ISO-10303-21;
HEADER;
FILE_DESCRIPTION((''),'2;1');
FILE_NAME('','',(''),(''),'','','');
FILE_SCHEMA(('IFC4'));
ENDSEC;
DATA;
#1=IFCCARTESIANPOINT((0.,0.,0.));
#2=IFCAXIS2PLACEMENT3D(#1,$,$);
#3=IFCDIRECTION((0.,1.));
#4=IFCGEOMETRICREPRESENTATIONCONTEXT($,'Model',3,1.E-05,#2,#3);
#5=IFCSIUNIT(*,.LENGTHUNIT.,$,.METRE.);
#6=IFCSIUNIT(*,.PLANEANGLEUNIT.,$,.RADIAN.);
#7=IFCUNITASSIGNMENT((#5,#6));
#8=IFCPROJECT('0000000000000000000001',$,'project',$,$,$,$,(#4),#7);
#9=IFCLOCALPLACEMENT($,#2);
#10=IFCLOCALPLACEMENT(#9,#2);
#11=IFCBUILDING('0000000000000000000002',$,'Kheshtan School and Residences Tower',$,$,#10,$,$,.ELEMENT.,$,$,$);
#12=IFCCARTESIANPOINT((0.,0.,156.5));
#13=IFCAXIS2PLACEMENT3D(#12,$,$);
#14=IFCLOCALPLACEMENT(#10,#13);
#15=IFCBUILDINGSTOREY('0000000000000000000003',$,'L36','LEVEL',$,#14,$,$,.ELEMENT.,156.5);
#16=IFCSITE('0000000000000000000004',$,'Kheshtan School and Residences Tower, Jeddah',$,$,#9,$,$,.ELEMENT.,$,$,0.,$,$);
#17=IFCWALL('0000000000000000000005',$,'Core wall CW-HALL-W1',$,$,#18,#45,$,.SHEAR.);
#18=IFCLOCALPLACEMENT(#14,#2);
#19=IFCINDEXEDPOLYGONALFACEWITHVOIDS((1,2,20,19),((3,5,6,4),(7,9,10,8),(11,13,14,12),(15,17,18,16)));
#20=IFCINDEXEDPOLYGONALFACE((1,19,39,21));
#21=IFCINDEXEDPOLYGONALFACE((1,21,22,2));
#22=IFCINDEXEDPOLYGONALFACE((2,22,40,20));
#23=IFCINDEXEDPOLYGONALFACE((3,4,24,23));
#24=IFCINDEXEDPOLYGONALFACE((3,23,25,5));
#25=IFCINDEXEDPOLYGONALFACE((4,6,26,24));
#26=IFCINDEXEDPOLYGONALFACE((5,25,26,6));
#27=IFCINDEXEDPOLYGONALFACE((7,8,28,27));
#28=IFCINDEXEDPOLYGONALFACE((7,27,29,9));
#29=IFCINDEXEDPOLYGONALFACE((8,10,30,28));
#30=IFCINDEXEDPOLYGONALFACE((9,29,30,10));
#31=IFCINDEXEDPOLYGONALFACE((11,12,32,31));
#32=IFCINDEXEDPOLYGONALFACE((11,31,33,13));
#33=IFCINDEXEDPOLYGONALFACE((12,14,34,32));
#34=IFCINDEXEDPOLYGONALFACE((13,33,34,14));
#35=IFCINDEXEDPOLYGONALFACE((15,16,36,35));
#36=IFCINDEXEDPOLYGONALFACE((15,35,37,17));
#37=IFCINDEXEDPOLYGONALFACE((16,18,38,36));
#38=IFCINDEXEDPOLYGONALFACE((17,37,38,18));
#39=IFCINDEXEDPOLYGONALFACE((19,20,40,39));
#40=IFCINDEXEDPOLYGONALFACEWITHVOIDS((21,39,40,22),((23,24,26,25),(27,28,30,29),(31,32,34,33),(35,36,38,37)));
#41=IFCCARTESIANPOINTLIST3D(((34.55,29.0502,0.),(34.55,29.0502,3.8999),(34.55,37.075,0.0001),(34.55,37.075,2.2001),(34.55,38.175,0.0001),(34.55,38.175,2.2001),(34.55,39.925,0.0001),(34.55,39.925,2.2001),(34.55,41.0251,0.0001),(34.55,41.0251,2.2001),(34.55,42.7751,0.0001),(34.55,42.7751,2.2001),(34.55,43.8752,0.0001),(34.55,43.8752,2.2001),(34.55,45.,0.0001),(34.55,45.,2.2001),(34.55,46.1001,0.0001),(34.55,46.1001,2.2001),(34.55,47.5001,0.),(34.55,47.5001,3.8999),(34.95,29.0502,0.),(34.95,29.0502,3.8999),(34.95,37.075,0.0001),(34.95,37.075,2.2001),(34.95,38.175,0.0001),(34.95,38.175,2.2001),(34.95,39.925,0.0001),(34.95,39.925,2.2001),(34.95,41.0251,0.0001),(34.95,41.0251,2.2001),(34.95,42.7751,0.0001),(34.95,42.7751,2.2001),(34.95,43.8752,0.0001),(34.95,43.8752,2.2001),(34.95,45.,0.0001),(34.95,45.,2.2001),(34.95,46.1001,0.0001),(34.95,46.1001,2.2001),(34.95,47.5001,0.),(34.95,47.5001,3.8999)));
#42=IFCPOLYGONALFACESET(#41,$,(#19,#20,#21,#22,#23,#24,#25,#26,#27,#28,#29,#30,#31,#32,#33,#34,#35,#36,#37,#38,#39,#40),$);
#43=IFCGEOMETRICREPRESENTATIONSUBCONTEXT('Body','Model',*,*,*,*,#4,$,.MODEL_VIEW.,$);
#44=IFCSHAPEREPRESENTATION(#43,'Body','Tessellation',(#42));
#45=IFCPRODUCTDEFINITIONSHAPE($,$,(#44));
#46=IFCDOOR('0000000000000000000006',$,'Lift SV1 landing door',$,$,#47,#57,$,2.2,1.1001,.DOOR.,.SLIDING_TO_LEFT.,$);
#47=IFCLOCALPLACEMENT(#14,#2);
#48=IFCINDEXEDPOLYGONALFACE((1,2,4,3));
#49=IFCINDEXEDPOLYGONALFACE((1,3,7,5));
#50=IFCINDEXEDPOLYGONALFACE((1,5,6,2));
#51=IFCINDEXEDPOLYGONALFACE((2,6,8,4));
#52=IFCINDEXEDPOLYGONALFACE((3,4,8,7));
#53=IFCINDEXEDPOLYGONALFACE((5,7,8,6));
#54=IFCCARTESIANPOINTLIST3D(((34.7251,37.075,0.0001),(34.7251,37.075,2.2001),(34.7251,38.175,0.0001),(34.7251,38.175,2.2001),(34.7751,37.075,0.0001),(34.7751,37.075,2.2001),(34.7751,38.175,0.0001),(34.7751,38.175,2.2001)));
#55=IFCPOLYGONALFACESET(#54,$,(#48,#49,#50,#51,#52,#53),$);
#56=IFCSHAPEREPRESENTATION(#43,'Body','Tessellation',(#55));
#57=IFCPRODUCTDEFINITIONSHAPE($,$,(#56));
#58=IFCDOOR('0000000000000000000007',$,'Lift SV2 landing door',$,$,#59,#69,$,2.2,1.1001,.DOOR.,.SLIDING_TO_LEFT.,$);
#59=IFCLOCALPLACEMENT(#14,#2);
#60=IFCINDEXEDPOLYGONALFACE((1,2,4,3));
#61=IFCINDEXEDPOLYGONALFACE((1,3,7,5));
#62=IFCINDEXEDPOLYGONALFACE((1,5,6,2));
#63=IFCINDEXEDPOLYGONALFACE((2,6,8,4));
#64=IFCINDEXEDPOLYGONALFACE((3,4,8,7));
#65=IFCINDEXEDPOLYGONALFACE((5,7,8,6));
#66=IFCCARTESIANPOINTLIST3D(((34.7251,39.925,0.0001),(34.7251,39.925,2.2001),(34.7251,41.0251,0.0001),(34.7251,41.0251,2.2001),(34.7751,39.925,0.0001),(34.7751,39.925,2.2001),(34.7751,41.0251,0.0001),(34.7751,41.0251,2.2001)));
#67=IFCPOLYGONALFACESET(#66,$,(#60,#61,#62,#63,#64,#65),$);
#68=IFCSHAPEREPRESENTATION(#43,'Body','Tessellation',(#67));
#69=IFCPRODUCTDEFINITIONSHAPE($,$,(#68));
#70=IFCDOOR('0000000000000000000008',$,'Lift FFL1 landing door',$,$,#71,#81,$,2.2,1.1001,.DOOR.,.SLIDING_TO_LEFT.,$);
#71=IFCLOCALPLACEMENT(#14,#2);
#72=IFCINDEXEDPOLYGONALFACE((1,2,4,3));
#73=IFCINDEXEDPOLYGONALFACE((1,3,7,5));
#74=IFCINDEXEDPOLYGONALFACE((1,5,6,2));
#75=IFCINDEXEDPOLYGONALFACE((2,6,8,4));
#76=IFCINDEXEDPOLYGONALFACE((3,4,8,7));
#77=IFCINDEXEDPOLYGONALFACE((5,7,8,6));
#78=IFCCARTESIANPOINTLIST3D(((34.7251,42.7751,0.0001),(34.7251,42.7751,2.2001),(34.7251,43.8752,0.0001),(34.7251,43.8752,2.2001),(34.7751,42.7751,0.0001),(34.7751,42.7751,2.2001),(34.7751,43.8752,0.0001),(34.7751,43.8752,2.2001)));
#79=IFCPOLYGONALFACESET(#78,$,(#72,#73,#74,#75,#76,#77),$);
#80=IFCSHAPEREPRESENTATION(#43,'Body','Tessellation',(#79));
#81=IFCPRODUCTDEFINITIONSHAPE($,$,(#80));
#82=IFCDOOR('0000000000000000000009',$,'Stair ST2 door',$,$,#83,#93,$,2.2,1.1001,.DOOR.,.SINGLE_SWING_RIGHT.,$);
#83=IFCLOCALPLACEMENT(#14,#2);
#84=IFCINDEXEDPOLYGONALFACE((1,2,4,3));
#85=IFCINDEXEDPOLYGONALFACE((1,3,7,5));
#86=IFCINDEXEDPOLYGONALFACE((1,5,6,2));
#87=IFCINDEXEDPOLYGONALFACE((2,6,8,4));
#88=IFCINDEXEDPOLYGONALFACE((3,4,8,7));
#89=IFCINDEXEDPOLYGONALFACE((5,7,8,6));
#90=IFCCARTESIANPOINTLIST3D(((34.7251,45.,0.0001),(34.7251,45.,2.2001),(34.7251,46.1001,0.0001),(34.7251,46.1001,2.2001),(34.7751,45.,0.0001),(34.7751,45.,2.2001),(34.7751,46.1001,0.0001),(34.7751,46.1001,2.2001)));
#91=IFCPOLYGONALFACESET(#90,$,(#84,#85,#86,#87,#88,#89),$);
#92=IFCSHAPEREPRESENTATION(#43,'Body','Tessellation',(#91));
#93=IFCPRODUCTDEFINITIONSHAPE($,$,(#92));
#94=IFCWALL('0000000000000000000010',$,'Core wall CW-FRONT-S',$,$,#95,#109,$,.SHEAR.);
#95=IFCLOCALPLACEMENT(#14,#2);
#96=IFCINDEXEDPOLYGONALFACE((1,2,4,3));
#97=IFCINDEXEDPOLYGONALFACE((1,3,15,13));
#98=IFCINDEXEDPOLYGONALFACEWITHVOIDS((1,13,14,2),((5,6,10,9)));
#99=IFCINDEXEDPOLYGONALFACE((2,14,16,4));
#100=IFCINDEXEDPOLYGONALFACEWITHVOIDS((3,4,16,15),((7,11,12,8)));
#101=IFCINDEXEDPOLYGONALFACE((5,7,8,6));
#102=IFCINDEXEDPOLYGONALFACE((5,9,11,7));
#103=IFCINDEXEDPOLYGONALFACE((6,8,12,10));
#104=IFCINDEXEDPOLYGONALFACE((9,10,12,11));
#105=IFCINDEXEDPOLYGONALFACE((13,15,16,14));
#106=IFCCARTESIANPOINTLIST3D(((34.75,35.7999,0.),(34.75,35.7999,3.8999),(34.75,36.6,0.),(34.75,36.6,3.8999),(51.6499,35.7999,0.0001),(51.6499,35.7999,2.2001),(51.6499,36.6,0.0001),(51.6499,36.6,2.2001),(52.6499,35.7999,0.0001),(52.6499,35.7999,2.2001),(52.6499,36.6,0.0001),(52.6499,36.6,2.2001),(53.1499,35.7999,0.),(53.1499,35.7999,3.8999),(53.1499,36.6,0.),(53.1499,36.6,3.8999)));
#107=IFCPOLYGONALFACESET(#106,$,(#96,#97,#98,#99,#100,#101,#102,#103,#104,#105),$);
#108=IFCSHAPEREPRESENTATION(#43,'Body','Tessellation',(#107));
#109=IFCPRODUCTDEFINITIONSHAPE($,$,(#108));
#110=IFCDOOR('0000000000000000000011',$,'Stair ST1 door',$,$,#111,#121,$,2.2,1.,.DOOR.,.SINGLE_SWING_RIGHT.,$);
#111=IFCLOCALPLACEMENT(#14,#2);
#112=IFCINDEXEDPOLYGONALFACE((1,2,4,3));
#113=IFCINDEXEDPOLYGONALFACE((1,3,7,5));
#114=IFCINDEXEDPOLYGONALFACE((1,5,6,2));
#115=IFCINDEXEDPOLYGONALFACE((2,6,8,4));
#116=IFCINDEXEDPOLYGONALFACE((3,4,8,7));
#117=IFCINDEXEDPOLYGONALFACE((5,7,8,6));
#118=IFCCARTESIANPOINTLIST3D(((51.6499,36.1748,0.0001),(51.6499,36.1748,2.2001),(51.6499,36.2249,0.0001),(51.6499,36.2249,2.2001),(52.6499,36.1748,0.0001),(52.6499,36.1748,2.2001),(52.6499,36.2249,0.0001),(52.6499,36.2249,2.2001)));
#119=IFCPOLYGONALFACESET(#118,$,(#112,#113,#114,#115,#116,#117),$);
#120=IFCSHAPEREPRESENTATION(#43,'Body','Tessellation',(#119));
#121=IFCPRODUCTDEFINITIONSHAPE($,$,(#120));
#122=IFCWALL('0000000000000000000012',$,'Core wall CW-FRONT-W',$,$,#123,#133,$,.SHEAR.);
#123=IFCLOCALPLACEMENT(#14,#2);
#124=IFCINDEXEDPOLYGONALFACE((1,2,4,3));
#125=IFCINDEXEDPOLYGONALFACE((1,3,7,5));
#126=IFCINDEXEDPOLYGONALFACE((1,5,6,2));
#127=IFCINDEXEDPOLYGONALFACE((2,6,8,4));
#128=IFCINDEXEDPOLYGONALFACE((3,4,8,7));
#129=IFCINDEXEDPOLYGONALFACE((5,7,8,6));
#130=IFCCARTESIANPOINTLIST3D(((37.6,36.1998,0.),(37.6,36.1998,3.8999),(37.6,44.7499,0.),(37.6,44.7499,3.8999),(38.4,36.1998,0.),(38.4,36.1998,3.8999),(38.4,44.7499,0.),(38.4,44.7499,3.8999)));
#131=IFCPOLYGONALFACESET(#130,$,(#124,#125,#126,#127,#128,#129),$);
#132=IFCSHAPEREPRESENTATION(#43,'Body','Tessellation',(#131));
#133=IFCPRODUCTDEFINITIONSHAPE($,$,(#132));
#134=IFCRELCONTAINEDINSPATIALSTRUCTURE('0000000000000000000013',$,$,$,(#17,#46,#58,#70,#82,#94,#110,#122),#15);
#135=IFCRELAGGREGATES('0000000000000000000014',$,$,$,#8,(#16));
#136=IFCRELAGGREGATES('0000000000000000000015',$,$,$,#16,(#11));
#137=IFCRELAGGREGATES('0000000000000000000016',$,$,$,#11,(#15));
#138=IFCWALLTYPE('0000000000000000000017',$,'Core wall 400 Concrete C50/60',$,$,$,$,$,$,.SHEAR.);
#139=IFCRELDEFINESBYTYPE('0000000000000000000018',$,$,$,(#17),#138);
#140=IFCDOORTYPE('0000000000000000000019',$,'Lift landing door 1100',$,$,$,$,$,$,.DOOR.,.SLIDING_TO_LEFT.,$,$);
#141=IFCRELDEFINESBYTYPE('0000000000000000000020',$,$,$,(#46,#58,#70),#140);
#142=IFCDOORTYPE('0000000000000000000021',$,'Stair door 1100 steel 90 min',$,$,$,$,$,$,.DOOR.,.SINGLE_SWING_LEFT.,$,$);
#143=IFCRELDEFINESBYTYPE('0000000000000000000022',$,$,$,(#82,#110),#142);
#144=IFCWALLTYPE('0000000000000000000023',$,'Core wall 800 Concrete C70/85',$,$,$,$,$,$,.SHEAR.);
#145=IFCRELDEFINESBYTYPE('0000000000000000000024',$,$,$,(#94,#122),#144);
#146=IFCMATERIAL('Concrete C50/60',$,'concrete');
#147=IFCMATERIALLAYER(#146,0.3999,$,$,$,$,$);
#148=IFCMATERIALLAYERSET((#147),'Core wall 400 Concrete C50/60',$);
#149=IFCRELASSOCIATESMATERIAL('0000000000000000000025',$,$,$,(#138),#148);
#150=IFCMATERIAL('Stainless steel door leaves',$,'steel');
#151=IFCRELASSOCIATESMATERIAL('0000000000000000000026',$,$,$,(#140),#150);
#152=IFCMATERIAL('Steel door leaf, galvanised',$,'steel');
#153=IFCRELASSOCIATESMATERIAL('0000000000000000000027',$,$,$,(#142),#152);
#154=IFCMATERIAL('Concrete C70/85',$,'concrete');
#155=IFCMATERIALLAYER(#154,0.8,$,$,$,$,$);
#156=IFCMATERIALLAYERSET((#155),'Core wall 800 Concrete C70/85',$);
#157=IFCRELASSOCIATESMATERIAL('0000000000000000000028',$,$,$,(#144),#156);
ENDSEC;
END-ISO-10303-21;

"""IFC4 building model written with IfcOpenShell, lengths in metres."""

from ifc_helpers import new_model, si_unit, direction, frame, frame_2d, origin, place, context, subcontext, project, spatial, rectangle, extrude, source, transform, mapped, material, layer, layer_set, type_object, element, fill, save


model = new_model("IFC4")

# Units and contexts
model_context = context("Model", 3, precision=1e-05, world=origin(), true_north=direction((0.0, 1.0)))
body_context = subcontext(model_context, "Body", "Model", "MODEL_VIEW")
ifc_project = project(units=[si_unit("LENGTHUNIT", "METRE"), si_unit("PLANEANGLEUNIT", "RADIAN")], contexts=[model_context])

# Site, building, storey
site_placement = place(None, origin())
site = spatial("IfcSite", under=ifc_project, at=site_placement, Name="Kheshtan School and Residences Tower, Jeddah", CompositionType="ELEMENT", RefElevation=0.0)
building_placement = place(site_placement, origin())
building = spatial("IfcBuilding", under=site, at=building_placement, Name="Kheshtan School and Residences Tower", CompositionType="ELEMENT")
storey_placement = place(building_placement, frame((0.0, 0.0, 156.5)))
storey = spatial("IfcBuildingStorey", under=building, at=storey_placement, Name="L36", Description="LEVEL", CompositionType="ELEMENT", Elevation=156.5)

# Shared definitions
ifc_material_1 = material(Name="Concrete C50/60", Category="concrete")
ifc_layer_1 = layer(ifc_material_1, 0.3999)
ifc_layer_set_1 = layer_set([ifc_layer_1], Name="Core wall 400 Concrete C50/60")
wall_type_1 = type_object("IfcWallType", Name="Core wall 400 Concrete C50/60", PredefinedType="SHEAR", material=ifc_layer_set_1)
ifc_material_2 = material(Name="Stainless steel door leaves", Category="steel")
door_type_1 = type_object("IfcDoorType", Name="Lift landing door 1100", OperationType="SLIDING_TO_LEFT", PredefinedType="DOOR", material=ifc_material_2)
shared_shape_1 = source(origin(), body_context, "Body", "SweptSolid", [
    extrude(rectangle(XDim=1.1001, YDim=2.2, at=frame_2d((0.55, 1.1001))), frame((0.0, 0.0249, 0.0), z_axis=(0.0, -1.0, 0.0), x_axis=(1.0, 0.0, 0.0)), (0.0, 0.0, 1.0), 0.05),
])

# Wall, openings, doors
wall_1_placement = place(storey_placement, frame((34.75, 29.05, 0.0), z_axis=(0.0, 0.0, 1.0), x_axis=(0.0, 1.0, 0.0)))
wall_1 = element("IfcWall", 1, at=wall_1_placement, inside=storey, type_object=wall_type_1, Name="Core wall CW-HALL-W1", PredefinedType="SHEAR", context=body_context, shape_type="SweptSolid", body=[
    extrude(rectangle(XDim=18.45, YDim=0.3999, at=frame_2d((9.2251, 0.0))), origin(), (0.0, 0.0, 1.0), 3.8999),
])
opening_1_placement = place(wall_1_placement, frame((8.0249, 0.0, 0.0)))
opening_1 = element("IfcOpeningElement", 2, at=opening_1_placement, cuts=wall_1, PredefinedType="OPENING", context=body_context, shape_type="SweptSolid", body=[
    extrude(rectangle(XDim=1.1001, YDim=2.2, at=frame_2d((0.55, 1.1001))), frame((0.0, 0.21, 0.0), z_axis=(0.0, -1.0, 0.0), x_axis=(1.0, 0.0, 0.0)), (0.0, 0.0, 1.0), 0.4199),
])
opening_2_placement = place(wall_1_placement, frame((10.875, 0.0, 0.0)))
opening_2 = element("IfcOpeningElement", 3, at=opening_2_placement, cuts=wall_1, PredefinedType="OPENING", context=body_context, shape_type="SweptSolid", body=[
    extrude(rectangle(XDim=1.1001, YDim=2.2, at=frame_2d((0.55, 1.1001))), frame((0.0, 0.21, 0.0), z_axis=(0.0, -1.0, 0.0), x_axis=(1.0, 0.0, 0.0)), (0.0, 0.0, 1.0), 0.4199),
])
opening_3_placement = place(wall_1_placement, frame((13.7251, 0.0, 0.0)))
opening_3 = element("IfcOpeningElement", 4, at=opening_3_placement, cuts=wall_1, PredefinedType="OPENING", context=body_context, shape_type="SweptSolid", body=[
    extrude(rectangle(XDim=1.1001, YDim=2.2, at=frame_2d((0.55, 1.1001))), frame((0.0, 0.21, 0.0), z_axis=(0.0, -1.0, 0.0), x_axis=(1.0, 0.0, 0.0)), (0.0, 0.0, 1.0), 0.4199),
])
opening_4_placement = place(wall_1_placement, frame((15.95, 0.0, 0.0)))
opening_4 = element("IfcOpeningElement", 5, at=opening_4_placement, cuts=wall_1, PredefinedType="OPENING", context=body_context, shape_type="SweptSolid", body=[
    extrude(rectangle(XDim=1.1001, YDim=2.2, at=frame_2d((0.55, 1.1001))), frame((0.0, 0.21, 0.0), z_axis=(0.0, -1.0, 0.0), x_axis=(1.0, 0.0, 0.0)), (0.0, 0.0, 1.0), 0.4199),
])
door_1_placement = place(opening_1_placement, origin())
door_1 = element("IfcDoor", 6, at=door_1_placement, inside=storey, type_object=door_type_1, Name="Lift SV1 landing door", OperationType="SLIDING_TO_LEFT", OverallHeight=2.2, OverallWidth=1.1001, PredefinedType="DOOR", context=body_context, shape_type="MappedRepresentation", body=[
    mapped(shared_shape_1, transform((0.0, 0.0, 0.0), x_axis=(1.0, 0.0, 0.0), y_axis=(0.0, 1.0, 0.0), z_axis=(0.0, 0.0, 1.0), scale=1.0)),
])
fill(opening_1, door_1)
door_2_placement = place(opening_2_placement, origin())
door_2 = element("IfcDoor", 7, at=door_2_placement, inside=storey, type_object=door_type_1, Name="Lift SV2 landing door", OperationType="SLIDING_TO_LEFT", OverallHeight=2.2, OverallWidth=1.1001, PredefinedType="DOOR", context=body_context, shape_type="MappedRepresentation", body=[
    mapped(shared_shape_1, transform((0.0, 0.0, 0.0), x_axis=(1.0, 0.0, 0.0), y_axis=(0.0, 1.0, 0.0), z_axis=(0.0, 0.0, 1.0), scale=1.0)),
])
fill(opening_2, door_2)
door_3_placement = place(opening_3_placement, origin())
door_3 = element("IfcDoor", 8, at=door_3_placement, inside=storey, type_object=door_type_1, Name="Lift FFL1 landing door", OperationType="SLIDING_TO_LEFT", OverallHeight=2.2, OverallWidth=1.1001, PredefinedType="DOOR", context=body_context, shape_type="MappedRepresentation", body=[
    mapped(shared_shape_1, transform((0.0, 0.0, 0.0), x_axis=(1.0, 0.0, 0.0), y_axis=(0.0, 1.0, 0.0), z_axis=(0.0, 0.0, 1.0), scale=1.0)),
])
fill(opening_3, door_3)
ifc_material_3 = material(Name="Steel door leaf, galvanised", Category="steel")
door_type_2 = type_object("IfcDoorType", Name="Stair door 1100 steel 90 min", OperationType="SINGLE_SWING_LEFT", PredefinedType="DOOR", material=ifc_material_3)
shared_shape_2 = source(origin(), body_context, "Body", "SweptSolid", [
    extrude(rectangle(XDim=1.1001, YDim=2.2, at=frame_2d((0.55, 1.1001))), frame((0.0, 0.0249, 0.0), z_axis=(0.0, -1.0, 0.0), x_axis=(1.0, 0.0, 0.0)), (0.0, 0.0, 1.0), 0.05),
])
door_4_placement = place(opening_4_placement, origin())
door_4 = element("IfcDoor", 9, at=door_4_placement, inside=storey, type_object=door_type_2, Name="Stair ST2 door", OperationType="SINGLE_SWING_RIGHT", OverallHeight=2.2, OverallWidth=1.1001, PredefinedType="DOOR", context=body_context, shape_type="MappedRepresentation", body=[
    mapped(shared_shape_2, transform((0.0, 0.0, 0.0), x_axis=(1.0, 0.0, 0.0), y_axis=(0.0, 1.0, 0.0), z_axis=(0.0, 0.0, 1.0), scale=1.0)),
])
fill(opening_4, door_4)

# Wall, opening, door
ifc_material_4 = material(Name="Concrete C70/85", Category="concrete")
ifc_layer_2 = layer(ifc_material_4, 0.8)
ifc_layer_set_2 = layer_set([ifc_layer_2], Name="Core wall 800 Concrete C70/85")
wall_type_2 = type_object("IfcWallType", Name="Core wall 800 Concrete C70/85", PredefinedType="SHEAR", material=ifc_layer_set_2)
wall_2_placement = place(storey_placement, frame((34.75, 36.2, 0.0), z_axis=(0.0, 0.0, 1.0), x_axis=(1.0, 0.0, 0.0)))
wall_2 = element("IfcWall", 10, at=wall_2_placement, inside=storey, type_object=wall_type_2, Name="Core wall CW-FRONT-S", PredefinedType="SHEAR", context=body_context, shape_type="SweptSolid", body=[
    extrude(rectangle(XDim=18.3999, YDim=0.8, at=frame_2d((9.2, 0.0))), origin(), (0.0, 0.0, 1.0), 3.8999),
])
opening_5_placement = place(wall_2_placement, frame((16.8999, 0.0, 0.0)))
opening_5 = element("IfcOpeningElement", 11, at=opening_5_placement, cuts=wall_2, PredefinedType="OPENING", context=body_context, shape_type="SweptSolid", body=[
    extrude(rectangle(XDim=1.0, YDim=2.2, at=frame_2d((0.5, 1.1001))), frame((0.0, 0.4102, 0.0), z_axis=(0.0, -1.0, 0.0), x_axis=(1.0, 0.0, 0.0)), (0.0, 0.0, 1.0), 0.8201),
])
shared_shape_3 = source(origin(), body_context, "Body", "SweptSolid", [
    extrude(rectangle(XDim=1.0, YDim=2.2, at=frame_2d((0.5, 1.1001))), frame((0.0, 0.0249, 0.0), z_axis=(0.0, -1.0, 0.0), x_axis=(1.0, 0.0, 0.0)), (0.0, 0.0, 1.0), 0.05),
])
door_5_placement = place(opening_5_placement, origin())
door_5 = element("IfcDoor", 12, at=door_5_placement, inside=storey, type_object=door_type_2, Name="Stair ST1 door", OperationType="SINGLE_SWING_RIGHT", OverallHeight=2.2, OverallWidth=1.0, PredefinedType="DOOR", context=body_context, shape_type="MappedRepresentation", body=[
    mapped(shared_shape_3, transform((0.0, 0.0, 0.0), x_axis=(1.0, 0.0, 0.0), y_axis=(0.0, 1.0, 0.0), z_axis=(0.0, 0.0, 1.0), scale=1.0)),
])
fill(opening_5, door_5)

# Wall
wall_3_placement = place(storey_placement, frame((38.0, 36.2, 0.0), z_axis=(0.0, 0.0, 1.0), x_axis=(0.0, 1.0, 0.0)))
element("IfcWall", 13, at=wall_3_placement, inside=storey, type_object=wall_type_2, Name="Core wall CW-FRONT-W", PredefinedType="SHEAR", context=body_context, shape_type="SweptSolid", body=[
    extrude(rectangle(XDim=8.55, YDim=0.8, at=frame_2d((4.2749, 0.0))), origin(), (0.0, 0.0, 1.0), 3.8999),
])

save(model, "model.ifc")
